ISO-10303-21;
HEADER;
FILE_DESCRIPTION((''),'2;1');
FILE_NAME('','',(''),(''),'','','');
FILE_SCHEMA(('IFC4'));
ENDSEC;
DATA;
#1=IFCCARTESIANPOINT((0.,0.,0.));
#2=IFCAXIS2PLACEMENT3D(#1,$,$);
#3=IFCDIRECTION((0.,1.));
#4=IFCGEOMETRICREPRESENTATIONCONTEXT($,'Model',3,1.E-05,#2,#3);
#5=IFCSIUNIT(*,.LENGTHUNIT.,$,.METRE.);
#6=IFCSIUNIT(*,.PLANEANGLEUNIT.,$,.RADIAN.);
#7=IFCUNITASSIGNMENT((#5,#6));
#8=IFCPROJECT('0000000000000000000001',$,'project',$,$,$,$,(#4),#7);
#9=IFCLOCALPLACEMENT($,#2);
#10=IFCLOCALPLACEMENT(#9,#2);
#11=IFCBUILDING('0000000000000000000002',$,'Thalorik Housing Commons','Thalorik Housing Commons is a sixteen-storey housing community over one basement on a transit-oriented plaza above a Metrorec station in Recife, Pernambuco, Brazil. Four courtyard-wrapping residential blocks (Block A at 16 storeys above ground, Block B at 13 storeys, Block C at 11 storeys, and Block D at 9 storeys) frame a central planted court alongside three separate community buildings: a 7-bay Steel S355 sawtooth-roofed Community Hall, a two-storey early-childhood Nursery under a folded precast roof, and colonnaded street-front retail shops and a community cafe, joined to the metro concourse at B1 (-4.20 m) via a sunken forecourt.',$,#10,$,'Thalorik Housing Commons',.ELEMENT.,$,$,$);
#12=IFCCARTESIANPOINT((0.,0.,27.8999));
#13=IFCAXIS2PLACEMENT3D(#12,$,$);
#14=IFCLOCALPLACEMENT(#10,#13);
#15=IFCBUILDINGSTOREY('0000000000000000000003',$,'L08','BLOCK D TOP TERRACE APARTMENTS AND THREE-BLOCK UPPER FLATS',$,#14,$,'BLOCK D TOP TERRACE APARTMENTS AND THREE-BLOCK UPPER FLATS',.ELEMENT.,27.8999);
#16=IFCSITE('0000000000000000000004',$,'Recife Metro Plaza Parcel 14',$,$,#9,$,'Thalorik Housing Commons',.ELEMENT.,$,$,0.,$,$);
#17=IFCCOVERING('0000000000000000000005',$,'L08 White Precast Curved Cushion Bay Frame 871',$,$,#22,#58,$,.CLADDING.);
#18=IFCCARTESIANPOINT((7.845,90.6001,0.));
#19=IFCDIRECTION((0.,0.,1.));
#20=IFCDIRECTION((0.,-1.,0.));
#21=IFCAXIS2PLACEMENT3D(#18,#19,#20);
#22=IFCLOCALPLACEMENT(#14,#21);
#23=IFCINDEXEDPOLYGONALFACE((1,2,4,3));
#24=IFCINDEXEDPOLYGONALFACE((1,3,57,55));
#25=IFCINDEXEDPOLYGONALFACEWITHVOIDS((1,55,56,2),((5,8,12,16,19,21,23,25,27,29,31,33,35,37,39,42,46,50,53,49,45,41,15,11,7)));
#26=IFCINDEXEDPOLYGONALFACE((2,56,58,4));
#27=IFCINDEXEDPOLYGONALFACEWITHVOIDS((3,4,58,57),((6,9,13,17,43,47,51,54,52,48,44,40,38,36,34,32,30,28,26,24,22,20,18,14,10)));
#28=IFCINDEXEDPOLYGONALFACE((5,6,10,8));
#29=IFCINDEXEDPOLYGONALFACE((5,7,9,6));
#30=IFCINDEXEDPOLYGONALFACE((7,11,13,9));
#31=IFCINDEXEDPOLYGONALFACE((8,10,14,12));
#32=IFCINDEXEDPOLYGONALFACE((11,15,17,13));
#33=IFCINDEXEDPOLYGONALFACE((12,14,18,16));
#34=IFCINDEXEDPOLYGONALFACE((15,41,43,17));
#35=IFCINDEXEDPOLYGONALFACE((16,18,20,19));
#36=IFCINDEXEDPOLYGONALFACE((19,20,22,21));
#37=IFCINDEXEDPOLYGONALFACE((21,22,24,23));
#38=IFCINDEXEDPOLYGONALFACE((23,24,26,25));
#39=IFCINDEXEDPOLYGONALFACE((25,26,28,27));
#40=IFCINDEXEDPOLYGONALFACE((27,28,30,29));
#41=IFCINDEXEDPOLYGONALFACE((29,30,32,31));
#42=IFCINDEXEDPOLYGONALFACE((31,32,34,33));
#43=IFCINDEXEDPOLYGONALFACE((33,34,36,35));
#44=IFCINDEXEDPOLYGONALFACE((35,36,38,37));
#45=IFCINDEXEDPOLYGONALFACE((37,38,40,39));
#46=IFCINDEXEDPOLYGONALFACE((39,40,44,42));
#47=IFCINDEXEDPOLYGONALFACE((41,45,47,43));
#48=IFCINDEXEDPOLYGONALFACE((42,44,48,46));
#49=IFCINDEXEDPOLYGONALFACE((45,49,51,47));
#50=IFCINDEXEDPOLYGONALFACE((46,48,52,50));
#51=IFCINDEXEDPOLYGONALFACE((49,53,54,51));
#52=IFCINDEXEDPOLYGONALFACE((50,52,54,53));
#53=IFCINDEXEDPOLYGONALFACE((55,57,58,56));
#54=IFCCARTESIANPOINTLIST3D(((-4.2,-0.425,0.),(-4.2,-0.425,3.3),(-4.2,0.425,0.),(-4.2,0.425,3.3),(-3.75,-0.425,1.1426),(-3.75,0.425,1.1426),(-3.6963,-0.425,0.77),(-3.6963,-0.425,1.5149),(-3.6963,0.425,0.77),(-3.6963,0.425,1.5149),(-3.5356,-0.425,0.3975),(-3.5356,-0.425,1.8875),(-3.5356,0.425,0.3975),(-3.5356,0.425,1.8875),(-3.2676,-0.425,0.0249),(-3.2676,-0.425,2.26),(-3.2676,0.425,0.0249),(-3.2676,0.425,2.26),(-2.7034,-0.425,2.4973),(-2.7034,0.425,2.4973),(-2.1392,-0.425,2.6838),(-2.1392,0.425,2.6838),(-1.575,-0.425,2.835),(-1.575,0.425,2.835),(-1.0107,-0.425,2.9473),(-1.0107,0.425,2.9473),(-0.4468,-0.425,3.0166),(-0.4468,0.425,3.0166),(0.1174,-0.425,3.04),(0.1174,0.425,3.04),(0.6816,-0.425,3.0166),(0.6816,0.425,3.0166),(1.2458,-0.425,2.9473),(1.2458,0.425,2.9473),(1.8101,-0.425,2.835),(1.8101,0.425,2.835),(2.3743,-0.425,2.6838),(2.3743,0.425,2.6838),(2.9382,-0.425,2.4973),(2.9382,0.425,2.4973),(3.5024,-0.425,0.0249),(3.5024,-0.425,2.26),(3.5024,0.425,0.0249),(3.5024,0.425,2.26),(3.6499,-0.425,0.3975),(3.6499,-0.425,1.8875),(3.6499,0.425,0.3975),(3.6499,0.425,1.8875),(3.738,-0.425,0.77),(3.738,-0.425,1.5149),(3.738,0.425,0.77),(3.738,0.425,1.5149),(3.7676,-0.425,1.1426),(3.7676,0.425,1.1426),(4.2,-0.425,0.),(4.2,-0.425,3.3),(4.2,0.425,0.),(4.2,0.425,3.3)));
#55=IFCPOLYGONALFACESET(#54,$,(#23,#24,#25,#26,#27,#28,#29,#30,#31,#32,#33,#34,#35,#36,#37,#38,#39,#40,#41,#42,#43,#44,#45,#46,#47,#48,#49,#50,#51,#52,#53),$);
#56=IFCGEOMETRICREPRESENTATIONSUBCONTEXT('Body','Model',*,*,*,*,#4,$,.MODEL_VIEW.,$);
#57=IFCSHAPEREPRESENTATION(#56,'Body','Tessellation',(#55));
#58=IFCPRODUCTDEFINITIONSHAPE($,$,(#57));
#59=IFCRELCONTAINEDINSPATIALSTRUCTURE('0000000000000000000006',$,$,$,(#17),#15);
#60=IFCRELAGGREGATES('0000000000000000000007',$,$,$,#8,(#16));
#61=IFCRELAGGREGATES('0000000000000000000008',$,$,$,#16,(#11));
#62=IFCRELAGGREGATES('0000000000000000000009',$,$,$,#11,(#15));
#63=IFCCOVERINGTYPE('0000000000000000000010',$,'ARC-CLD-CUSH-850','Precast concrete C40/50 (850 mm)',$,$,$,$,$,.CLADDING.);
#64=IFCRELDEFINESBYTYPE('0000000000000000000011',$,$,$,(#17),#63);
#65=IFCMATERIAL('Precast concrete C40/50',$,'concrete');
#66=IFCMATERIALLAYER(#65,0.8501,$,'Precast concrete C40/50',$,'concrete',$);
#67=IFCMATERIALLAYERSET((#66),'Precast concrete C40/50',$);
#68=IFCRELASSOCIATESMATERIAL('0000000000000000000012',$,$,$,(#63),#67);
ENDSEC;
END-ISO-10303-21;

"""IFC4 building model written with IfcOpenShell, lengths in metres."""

from ifc_helpers import new_model, si_unit, direction, frame, origin, place, context, subcontext, project, spatial, polyline, outline, extrude, material, layer, layer_set, type_object, element, save


model = new_model("IFC4")

# Units and contexts
model_context = context("Model", 3, precision=1e-05, world=origin(), true_north=direction((0.0, 1.0)))
body_context = subcontext(model_context, "Body", "Model", "MODEL_VIEW")
ifc_project = project(units=[si_unit("LENGTHUNIT", "METRE"), si_unit("PLANEANGLEUNIT", "RADIAN")], contexts=[model_context])

# Site, building, storey
site_placement = place(None, origin())
site = spatial("IfcSite", under=ifc_project, at=site_placement, Name="Recife Metro Plaza Parcel 14", LongName="Thalorik Housing Commons", CompositionType="ELEMENT", RefElevation=0.0)
building_placement = place(site_placement, origin())
building = spatial("IfcBuilding", under=site, at=building_placement, Name="Thalorik Housing Commons", Description="Thalorik Housing Commons is a sixteen-storey housing community over one basement on a transit-oriented plaza above a Metrorec station in Recife, Pernambuco, Brazil. Four courtyard-wrapping residential blocks (Block A at 16 storeys above ground, Block B at 13 storeys, Block C at 11 storeys, and Block D at 9 storeys) frame a central planted court alongside three separate community buildings: a 7-bay Steel S355 sawtooth-roofed Community Hall, a two-storey early-childhood Nursery under a folded precast roof, and colonnaded street-front retail shops and a community cafe, joined to the metro concourse at B1 (-4.20 m) via a sunken forecourt.", LongName="Thalorik Housing Commons", CompositionType="ELEMENT")
storey_placement = place(building_placement, frame((0.0, 0.0, 27.8999)))
storey = spatial("IfcBuildingStorey", under=building, at=storey_placement, Name="L08", Description="BLOCK D TOP TERRACE APARTMENTS AND THREE-BLOCK UPPER FLATS", LongName="BLOCK D TOP TERRACE APARTMENTS AND THREE-BLOCK UPPER FLATS", CompositionType="ELEMENT", Elevation=27.8999)

# Shared definitions
ifc_material_1 = material(Name="Precast concrete C40/50", Category="concrete")

# Covering
ifc_layer_1 = layer(ifc_material_1, 0.8501, Name="Precast concrete C40/50", Category="concrete")
ifc_layer_set_1 = layer_set([ifc_layer_1], Name="Precast concrete C40/50")
covering_type_1 = type_object("IfcCoveringType", Name="ARC-CLD-CUSH-850", Description="Precast concrete C40/50 (850 mm)", PredefinedType="CLADDING", material=ifc_layer_set_1)
covering_1_placement = place(storey_placement, frame((7.845, 90.6001, 0.0), z_axis=(0.0, 0.0, 1.0), x_axis=(0.0, -1.0, 0.0)))
element("IfcCovering", 1, at=covering_1_placement, inside=storey, type_object=covering_type_1, Name="L08 White Precast Curved Cushion Bay Frame 871", PredefinedType="CLADDING", context=body_context, shape_type="SweptSolid", body=[
    extrude(outline(polyline([(-4.2, 0.0), (4.2, 0.0), (4.2, 3.3), (-4.2, 3.3), (-4.2, 0.0)]), holes=[polyline([(3.5024, 0.0249), (3.6499, 0.3975), (3.738, 0.77), (3.7676, 1.1426), (3.738, 1.5149), (3.6499, 1.8875), (3.5024, 2.26), (2.9382, 2.4973), (2.3743, 2.6838), (1.8101, 2.835), (1.2458, 2.9473), (0.6816, 3.0166), (0.1174, 3.04), (-0.4468, 3.0166), (-1.0107, 2.9473), (-1.575, 2.835), (-2.1392, 2.6838), (-2.7034, 2.4973), (-3.2676, 2.26), (-3.5356, 1.8875), (-3.6963, 1.5149), (-3.75, 1.1426), (-3.6963, 0.77), (-3.5356, 0.3975), (-3.2676, 0.0249), (3.5024, 0.0249)])]), frame((0.0, 0.425, 0.0), z_axis=(0.0, -1.0, 0.0), x_axis=(1.0, 0.0, 0.0)), (0.0, 0.0, 1.0), 0.8501),
])

save(model, "model.ifc")
